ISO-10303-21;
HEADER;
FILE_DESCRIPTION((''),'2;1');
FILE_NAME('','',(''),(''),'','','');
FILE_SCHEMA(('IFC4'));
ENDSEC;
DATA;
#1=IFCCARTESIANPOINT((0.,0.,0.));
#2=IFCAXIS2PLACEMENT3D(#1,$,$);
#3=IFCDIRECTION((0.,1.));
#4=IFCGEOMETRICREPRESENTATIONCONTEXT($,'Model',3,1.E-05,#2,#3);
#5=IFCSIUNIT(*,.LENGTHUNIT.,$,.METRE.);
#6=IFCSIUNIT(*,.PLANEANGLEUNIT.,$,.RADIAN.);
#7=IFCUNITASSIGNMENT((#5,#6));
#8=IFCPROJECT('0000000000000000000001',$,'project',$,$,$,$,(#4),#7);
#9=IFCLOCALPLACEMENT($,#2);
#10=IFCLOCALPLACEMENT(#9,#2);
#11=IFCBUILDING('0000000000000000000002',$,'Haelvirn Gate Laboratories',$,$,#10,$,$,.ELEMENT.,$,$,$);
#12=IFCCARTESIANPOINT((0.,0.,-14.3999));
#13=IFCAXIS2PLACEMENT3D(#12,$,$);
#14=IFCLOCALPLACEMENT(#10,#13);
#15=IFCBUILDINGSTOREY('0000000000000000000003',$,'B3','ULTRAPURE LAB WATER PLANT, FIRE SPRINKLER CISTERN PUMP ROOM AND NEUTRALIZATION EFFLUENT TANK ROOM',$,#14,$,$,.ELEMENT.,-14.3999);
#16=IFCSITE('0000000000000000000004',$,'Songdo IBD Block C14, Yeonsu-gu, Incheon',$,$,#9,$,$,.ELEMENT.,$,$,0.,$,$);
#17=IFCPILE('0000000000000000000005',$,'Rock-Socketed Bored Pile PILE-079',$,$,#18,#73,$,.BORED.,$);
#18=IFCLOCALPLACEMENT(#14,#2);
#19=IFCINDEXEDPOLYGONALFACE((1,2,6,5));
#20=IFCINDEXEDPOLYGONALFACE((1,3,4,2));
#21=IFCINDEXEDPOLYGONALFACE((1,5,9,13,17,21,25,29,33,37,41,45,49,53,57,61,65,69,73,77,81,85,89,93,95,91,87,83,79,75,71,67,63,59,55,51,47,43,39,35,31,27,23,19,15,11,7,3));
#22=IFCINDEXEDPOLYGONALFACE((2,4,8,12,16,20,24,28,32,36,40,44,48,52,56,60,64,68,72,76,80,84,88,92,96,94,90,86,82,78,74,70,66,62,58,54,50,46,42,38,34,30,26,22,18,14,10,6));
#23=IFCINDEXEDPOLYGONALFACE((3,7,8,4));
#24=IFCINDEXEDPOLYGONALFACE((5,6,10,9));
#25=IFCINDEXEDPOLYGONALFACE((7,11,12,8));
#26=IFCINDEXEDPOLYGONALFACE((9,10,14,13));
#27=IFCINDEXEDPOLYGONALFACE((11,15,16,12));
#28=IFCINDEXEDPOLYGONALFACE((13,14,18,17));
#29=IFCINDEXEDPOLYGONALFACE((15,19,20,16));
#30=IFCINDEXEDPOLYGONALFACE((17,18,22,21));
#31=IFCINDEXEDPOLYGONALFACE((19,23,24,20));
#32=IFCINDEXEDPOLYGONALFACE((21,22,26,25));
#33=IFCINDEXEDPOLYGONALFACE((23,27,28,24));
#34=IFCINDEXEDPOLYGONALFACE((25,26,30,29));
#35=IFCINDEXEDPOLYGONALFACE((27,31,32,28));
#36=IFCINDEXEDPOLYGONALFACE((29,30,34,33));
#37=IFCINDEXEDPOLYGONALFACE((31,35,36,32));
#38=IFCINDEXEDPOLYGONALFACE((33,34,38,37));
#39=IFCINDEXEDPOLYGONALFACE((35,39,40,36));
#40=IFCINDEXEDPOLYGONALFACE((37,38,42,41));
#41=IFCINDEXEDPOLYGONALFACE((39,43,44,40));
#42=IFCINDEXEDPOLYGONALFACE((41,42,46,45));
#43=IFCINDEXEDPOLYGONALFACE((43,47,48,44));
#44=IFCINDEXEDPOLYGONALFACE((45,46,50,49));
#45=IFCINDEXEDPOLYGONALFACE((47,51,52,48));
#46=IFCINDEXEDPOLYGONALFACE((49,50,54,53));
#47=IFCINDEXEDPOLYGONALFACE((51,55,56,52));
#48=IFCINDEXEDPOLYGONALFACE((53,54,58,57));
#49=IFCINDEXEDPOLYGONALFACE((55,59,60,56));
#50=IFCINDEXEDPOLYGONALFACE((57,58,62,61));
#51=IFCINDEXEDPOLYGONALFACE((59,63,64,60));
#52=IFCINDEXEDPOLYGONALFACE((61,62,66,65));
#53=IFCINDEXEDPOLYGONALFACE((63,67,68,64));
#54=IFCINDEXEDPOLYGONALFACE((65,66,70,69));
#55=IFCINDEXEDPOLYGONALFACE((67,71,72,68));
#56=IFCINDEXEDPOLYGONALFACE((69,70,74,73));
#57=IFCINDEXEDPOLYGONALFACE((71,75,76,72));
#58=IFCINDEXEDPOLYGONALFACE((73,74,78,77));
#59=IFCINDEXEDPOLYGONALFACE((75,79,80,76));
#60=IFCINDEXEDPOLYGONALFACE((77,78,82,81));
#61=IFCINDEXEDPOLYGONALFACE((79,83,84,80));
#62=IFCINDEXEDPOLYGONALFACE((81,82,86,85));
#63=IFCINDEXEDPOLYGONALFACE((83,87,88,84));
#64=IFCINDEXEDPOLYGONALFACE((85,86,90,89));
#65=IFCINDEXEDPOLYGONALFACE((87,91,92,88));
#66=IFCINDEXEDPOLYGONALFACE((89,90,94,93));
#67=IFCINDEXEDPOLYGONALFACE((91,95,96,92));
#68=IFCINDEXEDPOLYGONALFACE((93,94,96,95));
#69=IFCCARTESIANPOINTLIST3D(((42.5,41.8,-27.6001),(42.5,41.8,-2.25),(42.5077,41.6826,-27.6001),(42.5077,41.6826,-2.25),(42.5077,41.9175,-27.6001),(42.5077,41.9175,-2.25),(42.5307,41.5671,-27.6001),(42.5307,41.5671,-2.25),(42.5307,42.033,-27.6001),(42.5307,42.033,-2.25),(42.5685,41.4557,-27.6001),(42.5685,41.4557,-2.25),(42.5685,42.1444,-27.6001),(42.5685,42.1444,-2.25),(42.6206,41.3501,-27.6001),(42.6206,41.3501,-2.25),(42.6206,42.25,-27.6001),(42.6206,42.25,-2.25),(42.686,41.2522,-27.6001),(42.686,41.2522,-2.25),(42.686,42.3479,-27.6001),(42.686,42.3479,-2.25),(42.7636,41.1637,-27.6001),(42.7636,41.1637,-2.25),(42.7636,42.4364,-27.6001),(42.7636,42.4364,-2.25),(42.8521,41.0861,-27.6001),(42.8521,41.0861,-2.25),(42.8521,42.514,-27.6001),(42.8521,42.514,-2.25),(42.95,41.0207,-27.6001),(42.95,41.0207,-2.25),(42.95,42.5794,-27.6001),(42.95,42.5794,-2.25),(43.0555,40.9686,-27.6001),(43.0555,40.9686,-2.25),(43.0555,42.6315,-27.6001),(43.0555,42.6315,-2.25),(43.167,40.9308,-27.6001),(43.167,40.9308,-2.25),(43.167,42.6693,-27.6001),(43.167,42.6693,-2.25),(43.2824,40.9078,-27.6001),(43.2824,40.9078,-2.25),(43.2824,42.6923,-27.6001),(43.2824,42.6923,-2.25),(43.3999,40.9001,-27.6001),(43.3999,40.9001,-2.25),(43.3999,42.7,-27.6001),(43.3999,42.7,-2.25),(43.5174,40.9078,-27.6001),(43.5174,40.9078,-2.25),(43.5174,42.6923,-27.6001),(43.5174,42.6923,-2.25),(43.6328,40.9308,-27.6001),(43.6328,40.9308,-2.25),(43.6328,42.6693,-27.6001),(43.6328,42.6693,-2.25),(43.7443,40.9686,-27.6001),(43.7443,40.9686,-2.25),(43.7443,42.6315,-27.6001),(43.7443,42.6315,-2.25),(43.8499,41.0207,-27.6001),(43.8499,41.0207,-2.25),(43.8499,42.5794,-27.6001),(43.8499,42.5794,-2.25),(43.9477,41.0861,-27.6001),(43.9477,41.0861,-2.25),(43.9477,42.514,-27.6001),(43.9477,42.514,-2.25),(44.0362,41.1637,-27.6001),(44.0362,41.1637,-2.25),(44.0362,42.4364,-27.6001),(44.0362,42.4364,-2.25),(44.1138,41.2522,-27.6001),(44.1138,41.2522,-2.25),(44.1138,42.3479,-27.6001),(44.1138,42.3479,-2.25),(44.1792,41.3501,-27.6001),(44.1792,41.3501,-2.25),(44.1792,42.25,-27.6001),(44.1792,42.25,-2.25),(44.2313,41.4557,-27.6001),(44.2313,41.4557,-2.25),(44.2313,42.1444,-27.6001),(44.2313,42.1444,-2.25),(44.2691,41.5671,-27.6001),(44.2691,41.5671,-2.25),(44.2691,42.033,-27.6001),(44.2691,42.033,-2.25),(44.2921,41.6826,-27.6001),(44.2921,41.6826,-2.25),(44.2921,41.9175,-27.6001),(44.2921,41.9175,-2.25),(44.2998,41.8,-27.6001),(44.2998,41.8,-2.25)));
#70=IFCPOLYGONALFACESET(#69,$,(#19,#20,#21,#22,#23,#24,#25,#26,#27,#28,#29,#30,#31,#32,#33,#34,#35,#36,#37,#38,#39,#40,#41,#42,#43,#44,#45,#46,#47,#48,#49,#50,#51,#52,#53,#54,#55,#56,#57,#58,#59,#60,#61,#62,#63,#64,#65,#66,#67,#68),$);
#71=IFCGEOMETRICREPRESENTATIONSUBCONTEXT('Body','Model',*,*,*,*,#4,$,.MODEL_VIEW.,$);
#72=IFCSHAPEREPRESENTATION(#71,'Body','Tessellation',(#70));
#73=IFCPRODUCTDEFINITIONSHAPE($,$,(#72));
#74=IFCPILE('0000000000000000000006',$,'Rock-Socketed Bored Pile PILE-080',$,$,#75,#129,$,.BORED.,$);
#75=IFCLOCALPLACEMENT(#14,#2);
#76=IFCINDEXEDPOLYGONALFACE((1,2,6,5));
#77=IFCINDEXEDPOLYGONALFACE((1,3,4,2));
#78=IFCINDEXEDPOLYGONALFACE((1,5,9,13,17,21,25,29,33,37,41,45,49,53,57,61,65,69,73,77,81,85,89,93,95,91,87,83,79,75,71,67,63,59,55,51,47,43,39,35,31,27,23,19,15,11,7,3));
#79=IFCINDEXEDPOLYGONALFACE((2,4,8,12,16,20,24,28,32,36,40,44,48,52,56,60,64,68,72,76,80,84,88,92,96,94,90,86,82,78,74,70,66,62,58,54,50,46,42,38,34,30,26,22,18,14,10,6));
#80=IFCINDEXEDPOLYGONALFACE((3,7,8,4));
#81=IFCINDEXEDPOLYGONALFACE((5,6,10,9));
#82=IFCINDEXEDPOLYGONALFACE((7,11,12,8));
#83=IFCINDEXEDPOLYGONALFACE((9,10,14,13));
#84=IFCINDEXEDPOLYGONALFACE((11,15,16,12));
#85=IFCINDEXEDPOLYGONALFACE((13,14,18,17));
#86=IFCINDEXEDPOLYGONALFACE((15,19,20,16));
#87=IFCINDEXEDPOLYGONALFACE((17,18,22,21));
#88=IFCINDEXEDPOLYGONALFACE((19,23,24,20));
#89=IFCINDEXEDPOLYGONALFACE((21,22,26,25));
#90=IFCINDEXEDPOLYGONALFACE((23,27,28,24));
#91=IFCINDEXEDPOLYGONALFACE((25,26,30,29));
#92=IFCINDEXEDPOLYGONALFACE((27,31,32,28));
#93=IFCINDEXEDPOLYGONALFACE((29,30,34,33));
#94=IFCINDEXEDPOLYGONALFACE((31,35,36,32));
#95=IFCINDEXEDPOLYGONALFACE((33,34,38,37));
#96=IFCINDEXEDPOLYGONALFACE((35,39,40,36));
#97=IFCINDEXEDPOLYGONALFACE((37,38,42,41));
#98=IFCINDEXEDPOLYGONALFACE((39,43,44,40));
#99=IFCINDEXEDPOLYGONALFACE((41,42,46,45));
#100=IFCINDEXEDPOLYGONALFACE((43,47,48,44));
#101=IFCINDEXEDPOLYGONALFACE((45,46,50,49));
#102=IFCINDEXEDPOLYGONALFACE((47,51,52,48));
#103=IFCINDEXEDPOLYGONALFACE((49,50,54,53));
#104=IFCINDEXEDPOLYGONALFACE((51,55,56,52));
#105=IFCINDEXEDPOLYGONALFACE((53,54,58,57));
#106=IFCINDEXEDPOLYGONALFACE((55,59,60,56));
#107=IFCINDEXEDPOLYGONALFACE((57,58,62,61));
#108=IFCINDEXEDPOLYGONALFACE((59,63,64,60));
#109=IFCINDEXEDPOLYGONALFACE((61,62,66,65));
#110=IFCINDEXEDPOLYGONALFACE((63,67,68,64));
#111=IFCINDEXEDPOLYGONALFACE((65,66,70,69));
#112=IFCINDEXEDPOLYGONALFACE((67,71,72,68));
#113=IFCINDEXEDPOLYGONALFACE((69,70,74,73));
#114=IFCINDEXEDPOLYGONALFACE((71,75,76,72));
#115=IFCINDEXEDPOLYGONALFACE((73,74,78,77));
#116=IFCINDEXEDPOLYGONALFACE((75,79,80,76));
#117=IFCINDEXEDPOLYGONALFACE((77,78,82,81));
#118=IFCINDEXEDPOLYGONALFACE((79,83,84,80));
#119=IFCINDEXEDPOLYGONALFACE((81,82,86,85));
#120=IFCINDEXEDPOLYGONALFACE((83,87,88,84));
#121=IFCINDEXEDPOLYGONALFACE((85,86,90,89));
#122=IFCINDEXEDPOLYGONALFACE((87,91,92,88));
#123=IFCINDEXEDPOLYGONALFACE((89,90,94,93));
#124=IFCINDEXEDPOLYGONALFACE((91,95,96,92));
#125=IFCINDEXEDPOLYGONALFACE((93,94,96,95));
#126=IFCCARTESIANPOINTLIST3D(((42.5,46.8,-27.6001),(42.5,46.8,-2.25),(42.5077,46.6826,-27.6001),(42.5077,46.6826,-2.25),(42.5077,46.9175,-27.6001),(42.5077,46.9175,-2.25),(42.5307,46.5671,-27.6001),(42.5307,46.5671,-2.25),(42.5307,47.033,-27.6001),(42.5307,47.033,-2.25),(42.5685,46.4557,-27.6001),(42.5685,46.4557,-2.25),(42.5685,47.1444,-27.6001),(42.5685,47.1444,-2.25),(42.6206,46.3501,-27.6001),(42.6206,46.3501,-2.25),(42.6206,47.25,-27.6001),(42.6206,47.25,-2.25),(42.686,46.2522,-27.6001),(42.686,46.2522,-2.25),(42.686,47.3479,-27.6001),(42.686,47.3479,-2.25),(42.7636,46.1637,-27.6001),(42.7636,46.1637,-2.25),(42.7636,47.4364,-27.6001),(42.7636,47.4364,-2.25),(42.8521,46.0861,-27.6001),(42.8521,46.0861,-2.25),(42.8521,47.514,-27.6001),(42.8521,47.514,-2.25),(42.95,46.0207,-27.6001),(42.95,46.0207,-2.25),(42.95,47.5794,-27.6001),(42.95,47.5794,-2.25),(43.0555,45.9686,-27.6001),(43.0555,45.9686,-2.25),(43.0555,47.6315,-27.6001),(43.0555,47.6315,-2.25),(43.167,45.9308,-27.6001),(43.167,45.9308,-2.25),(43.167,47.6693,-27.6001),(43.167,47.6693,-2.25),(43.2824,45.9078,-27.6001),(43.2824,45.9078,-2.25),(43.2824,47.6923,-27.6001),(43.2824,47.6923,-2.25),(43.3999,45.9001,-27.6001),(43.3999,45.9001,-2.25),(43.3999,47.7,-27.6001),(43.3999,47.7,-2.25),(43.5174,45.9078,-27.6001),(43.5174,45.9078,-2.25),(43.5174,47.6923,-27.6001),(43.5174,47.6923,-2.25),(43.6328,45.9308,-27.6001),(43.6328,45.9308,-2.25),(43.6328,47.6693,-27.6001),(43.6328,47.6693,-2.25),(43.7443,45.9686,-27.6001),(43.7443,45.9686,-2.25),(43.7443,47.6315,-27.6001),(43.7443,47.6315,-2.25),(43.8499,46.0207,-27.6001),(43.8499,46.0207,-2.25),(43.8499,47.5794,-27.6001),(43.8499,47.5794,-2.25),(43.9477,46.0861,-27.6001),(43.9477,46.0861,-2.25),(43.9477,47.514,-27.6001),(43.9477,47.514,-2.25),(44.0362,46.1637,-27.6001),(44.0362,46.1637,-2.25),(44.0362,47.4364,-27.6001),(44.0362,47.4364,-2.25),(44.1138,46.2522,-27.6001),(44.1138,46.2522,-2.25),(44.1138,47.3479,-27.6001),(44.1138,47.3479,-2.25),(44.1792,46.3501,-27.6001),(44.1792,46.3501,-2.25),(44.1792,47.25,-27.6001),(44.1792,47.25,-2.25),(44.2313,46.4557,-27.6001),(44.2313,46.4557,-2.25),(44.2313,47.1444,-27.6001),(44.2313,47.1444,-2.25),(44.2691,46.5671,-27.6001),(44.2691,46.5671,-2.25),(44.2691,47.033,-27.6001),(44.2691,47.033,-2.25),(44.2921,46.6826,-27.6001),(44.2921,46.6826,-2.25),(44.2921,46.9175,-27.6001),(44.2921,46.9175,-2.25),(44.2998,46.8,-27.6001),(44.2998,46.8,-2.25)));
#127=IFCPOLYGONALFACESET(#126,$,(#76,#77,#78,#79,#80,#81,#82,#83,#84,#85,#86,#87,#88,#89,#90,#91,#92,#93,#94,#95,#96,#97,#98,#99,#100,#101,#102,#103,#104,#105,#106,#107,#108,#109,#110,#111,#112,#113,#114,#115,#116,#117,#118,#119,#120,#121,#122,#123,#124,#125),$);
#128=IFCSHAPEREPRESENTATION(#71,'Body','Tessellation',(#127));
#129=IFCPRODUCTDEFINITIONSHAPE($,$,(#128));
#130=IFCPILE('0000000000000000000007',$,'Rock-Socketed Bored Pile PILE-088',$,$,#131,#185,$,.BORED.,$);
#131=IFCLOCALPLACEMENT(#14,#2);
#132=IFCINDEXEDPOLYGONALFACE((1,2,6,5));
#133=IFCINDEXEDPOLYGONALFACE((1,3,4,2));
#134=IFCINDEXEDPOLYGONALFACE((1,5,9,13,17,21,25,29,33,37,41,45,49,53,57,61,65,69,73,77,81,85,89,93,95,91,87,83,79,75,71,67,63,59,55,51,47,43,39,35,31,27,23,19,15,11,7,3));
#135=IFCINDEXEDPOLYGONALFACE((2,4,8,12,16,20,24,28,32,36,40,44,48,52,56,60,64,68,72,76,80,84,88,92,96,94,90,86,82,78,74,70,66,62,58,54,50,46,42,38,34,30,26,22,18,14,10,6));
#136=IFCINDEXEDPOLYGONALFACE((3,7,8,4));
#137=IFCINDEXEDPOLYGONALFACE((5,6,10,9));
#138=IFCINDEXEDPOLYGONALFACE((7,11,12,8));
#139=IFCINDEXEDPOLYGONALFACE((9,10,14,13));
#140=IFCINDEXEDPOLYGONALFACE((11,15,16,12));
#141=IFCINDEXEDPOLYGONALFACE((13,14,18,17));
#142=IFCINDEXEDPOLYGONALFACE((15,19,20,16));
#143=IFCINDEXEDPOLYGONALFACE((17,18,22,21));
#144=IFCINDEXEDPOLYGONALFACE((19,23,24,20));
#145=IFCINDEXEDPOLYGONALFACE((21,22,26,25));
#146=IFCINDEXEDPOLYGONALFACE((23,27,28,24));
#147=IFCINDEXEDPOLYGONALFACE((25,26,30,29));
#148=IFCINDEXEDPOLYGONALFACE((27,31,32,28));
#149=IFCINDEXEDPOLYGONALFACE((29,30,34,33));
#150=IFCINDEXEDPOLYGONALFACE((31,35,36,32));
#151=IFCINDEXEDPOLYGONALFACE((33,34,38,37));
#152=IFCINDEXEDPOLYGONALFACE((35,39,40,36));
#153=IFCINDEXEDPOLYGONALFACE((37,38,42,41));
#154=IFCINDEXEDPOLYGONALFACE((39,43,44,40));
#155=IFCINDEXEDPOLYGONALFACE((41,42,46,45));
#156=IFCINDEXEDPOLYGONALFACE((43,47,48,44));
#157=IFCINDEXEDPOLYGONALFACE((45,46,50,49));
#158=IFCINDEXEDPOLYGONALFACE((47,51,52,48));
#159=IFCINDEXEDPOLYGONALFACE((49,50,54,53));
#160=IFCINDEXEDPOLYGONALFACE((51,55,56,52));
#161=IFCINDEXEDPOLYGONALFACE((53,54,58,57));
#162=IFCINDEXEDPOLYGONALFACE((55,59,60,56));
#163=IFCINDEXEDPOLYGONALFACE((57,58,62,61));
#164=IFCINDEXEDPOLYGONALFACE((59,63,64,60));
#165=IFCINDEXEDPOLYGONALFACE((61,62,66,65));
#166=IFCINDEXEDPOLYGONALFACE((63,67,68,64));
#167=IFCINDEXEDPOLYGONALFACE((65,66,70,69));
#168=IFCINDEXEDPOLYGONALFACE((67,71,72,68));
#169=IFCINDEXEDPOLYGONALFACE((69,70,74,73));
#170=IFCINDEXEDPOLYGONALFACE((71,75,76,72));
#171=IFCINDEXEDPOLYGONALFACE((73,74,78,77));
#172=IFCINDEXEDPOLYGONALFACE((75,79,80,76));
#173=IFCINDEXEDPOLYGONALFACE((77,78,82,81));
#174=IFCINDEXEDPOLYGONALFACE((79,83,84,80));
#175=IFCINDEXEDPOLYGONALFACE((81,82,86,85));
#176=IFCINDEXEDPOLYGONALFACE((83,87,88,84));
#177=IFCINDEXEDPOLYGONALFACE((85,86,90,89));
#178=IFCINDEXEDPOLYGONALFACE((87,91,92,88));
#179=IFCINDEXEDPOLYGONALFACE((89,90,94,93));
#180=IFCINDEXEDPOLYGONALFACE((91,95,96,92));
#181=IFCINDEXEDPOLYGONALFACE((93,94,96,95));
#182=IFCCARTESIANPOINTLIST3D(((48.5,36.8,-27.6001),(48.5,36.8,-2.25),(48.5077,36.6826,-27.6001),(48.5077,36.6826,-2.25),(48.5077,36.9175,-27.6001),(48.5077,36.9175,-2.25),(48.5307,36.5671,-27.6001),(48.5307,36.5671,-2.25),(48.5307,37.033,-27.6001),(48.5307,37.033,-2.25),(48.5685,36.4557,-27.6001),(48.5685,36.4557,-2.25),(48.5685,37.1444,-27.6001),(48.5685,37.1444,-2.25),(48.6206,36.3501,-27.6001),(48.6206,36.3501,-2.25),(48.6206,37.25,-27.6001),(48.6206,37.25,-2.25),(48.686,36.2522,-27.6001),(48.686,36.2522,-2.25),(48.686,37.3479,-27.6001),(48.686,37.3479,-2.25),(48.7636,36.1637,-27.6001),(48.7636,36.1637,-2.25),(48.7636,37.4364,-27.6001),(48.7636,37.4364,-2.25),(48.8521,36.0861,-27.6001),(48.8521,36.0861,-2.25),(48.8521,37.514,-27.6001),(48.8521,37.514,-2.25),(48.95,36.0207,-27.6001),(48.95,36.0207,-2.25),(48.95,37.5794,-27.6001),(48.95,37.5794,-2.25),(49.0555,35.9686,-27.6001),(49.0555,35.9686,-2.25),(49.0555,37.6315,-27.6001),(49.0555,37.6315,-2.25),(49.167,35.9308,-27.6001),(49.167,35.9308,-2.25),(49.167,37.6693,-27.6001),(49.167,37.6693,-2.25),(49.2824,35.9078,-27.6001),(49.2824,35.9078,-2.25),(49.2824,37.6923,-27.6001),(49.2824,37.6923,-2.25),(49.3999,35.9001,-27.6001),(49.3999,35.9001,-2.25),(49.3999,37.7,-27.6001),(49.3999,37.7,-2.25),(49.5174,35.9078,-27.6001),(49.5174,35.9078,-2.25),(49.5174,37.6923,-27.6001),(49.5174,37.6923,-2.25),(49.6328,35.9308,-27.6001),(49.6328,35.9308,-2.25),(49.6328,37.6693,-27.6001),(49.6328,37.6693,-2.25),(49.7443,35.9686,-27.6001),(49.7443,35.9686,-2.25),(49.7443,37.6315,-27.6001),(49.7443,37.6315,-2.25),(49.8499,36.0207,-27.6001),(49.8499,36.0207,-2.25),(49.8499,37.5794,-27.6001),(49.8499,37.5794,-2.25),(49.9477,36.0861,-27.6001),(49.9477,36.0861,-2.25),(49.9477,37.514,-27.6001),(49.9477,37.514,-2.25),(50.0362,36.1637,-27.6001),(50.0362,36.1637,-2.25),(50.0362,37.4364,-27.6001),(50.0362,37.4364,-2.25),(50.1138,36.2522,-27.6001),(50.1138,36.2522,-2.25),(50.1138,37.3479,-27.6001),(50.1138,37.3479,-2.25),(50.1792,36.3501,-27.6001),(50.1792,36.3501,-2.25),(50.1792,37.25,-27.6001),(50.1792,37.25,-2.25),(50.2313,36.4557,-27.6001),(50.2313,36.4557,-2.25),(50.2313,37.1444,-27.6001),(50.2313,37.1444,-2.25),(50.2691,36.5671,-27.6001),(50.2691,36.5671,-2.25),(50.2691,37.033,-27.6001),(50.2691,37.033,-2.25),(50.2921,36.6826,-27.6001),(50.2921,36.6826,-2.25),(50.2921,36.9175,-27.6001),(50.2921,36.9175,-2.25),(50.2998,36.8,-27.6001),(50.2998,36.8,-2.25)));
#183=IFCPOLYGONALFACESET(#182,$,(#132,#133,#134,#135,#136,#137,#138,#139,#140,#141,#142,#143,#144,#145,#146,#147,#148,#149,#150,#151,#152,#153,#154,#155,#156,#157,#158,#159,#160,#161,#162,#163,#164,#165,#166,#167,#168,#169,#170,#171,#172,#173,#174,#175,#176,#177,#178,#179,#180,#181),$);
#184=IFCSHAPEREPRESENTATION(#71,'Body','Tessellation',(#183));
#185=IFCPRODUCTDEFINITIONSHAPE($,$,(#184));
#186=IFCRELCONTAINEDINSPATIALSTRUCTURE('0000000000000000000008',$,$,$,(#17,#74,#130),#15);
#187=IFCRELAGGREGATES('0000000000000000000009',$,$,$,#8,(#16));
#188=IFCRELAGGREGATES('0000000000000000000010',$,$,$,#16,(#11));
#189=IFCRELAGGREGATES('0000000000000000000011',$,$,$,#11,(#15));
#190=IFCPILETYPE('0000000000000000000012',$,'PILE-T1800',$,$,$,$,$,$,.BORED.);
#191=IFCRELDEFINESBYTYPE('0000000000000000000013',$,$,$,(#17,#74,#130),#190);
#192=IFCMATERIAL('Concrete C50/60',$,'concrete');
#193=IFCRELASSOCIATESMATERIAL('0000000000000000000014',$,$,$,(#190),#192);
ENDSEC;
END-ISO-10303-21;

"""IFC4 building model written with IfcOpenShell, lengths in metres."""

from ifc_helpers import new_model, si_unit, direction, frame, origin, origin_2d, place, context, subcontext, project, spatial, circle, extrude, source, transform, mapped, material, material_profile, profile_set, type_object, element, save


model = new_model("IFC4")

# Units and contexts
model_context = context("Model", 3, precision=1e-05, world=origin(), true_north=direction((0.0, 1.0)))
body_context = subcontext(model_context, "Body", "Model", "MODEL_VIEW")
ifc_project = project(units=[si_unit("LENGTHUNIT", "METRE"), si_unit("PLANEANGLEUNIT", "RADIAN")], contexts=[model_context])

# Site, building, storey
site_placement = place(None, origin())
site = spatial("IfcSite", under=ifc_project, at=site_placement, Name="Songdo IBD Block C14, Yeonsu-gu, Incheon", CompositionType="ELEMENT", RefElevation=0.0)
building_placement = place(site_placement, origin())
building = spatial("IfcBuilding", under=site, at=building_placement, Name="Haelvirn Gate Laboratories", CompositionType="ELEMENT")
storey_placement = place(building_placement, frame((0.0, 0.0, -14.3999)))
storey = spatial("IfcBuildingStorey", under=building, at=storey_placement, Name="B3", Description="ULTRAPURE LAB WATER PLANT, FIRE SPRINKLER CISTERN PUMP ROOM AND NEUTRALIZATION EFFLUENT TANK ROOM", CompositionType="ELEMENT", Elevation=-14.3999)

# Piles
ifc_material_1 = material(Name="Concrete C50/60", Category="concrete")
ifc_material_profile_1 = material_profile(ifc_material_1, circle(Radius=0.8999, at=origin_2d()), Name="PILE-D1800")
ifc_profile_set_1 = profile_set([ifc_material_profile_1], Name="Concrete C50/60")
pile_type = type_object("IfcPileType", Name="PILE-T1800", PredefinedType="BORED", material=ifc_profile_set_1)
shared_shape_1 = source(origin(), body_context, "Body", "SweptSolid", [
    extrude(circle(Radius=0.8999, at=origin_2d()), origin(), (0.0, 0.0, 1.0), 25.3501),
])
for number, where, z_axis, x_axis, name in (
    (1, (43.3999, 41.8, -2.25), (0.0, 0.0, -1.0), (1.0, 0.0, 0.0), "Rock-Socketed Bored Pile PILE-079"),
    (2, (43.3999, 46.8, -2.25), (0.0, 0.0, -1.0), (1.0, 0.0, 0.0), "Rock-Socketed Bored Pile PILE-080"),
    (3, (49.3999, 36.8, -2.25), (0.0, 0.0, -1.0), (1.0, 0.0, 0.0), "Rock-Socketed Bored Pile PILE-088"),
):
    element("IfcPile", number, at=place(storey_placement, frame(where, z_axis=z_axis, x_axis=x_axis)), inside=storey, type_object=pile_type, Name=name, PredefinedType="BORED", context=body_context, shape_type="MappedRepresentation", body=[
        mapped(shared_shape_1, transform((0.0, 0.0, 0.0), scale=1.0)),
    ])

save(model, "model.ifc")
